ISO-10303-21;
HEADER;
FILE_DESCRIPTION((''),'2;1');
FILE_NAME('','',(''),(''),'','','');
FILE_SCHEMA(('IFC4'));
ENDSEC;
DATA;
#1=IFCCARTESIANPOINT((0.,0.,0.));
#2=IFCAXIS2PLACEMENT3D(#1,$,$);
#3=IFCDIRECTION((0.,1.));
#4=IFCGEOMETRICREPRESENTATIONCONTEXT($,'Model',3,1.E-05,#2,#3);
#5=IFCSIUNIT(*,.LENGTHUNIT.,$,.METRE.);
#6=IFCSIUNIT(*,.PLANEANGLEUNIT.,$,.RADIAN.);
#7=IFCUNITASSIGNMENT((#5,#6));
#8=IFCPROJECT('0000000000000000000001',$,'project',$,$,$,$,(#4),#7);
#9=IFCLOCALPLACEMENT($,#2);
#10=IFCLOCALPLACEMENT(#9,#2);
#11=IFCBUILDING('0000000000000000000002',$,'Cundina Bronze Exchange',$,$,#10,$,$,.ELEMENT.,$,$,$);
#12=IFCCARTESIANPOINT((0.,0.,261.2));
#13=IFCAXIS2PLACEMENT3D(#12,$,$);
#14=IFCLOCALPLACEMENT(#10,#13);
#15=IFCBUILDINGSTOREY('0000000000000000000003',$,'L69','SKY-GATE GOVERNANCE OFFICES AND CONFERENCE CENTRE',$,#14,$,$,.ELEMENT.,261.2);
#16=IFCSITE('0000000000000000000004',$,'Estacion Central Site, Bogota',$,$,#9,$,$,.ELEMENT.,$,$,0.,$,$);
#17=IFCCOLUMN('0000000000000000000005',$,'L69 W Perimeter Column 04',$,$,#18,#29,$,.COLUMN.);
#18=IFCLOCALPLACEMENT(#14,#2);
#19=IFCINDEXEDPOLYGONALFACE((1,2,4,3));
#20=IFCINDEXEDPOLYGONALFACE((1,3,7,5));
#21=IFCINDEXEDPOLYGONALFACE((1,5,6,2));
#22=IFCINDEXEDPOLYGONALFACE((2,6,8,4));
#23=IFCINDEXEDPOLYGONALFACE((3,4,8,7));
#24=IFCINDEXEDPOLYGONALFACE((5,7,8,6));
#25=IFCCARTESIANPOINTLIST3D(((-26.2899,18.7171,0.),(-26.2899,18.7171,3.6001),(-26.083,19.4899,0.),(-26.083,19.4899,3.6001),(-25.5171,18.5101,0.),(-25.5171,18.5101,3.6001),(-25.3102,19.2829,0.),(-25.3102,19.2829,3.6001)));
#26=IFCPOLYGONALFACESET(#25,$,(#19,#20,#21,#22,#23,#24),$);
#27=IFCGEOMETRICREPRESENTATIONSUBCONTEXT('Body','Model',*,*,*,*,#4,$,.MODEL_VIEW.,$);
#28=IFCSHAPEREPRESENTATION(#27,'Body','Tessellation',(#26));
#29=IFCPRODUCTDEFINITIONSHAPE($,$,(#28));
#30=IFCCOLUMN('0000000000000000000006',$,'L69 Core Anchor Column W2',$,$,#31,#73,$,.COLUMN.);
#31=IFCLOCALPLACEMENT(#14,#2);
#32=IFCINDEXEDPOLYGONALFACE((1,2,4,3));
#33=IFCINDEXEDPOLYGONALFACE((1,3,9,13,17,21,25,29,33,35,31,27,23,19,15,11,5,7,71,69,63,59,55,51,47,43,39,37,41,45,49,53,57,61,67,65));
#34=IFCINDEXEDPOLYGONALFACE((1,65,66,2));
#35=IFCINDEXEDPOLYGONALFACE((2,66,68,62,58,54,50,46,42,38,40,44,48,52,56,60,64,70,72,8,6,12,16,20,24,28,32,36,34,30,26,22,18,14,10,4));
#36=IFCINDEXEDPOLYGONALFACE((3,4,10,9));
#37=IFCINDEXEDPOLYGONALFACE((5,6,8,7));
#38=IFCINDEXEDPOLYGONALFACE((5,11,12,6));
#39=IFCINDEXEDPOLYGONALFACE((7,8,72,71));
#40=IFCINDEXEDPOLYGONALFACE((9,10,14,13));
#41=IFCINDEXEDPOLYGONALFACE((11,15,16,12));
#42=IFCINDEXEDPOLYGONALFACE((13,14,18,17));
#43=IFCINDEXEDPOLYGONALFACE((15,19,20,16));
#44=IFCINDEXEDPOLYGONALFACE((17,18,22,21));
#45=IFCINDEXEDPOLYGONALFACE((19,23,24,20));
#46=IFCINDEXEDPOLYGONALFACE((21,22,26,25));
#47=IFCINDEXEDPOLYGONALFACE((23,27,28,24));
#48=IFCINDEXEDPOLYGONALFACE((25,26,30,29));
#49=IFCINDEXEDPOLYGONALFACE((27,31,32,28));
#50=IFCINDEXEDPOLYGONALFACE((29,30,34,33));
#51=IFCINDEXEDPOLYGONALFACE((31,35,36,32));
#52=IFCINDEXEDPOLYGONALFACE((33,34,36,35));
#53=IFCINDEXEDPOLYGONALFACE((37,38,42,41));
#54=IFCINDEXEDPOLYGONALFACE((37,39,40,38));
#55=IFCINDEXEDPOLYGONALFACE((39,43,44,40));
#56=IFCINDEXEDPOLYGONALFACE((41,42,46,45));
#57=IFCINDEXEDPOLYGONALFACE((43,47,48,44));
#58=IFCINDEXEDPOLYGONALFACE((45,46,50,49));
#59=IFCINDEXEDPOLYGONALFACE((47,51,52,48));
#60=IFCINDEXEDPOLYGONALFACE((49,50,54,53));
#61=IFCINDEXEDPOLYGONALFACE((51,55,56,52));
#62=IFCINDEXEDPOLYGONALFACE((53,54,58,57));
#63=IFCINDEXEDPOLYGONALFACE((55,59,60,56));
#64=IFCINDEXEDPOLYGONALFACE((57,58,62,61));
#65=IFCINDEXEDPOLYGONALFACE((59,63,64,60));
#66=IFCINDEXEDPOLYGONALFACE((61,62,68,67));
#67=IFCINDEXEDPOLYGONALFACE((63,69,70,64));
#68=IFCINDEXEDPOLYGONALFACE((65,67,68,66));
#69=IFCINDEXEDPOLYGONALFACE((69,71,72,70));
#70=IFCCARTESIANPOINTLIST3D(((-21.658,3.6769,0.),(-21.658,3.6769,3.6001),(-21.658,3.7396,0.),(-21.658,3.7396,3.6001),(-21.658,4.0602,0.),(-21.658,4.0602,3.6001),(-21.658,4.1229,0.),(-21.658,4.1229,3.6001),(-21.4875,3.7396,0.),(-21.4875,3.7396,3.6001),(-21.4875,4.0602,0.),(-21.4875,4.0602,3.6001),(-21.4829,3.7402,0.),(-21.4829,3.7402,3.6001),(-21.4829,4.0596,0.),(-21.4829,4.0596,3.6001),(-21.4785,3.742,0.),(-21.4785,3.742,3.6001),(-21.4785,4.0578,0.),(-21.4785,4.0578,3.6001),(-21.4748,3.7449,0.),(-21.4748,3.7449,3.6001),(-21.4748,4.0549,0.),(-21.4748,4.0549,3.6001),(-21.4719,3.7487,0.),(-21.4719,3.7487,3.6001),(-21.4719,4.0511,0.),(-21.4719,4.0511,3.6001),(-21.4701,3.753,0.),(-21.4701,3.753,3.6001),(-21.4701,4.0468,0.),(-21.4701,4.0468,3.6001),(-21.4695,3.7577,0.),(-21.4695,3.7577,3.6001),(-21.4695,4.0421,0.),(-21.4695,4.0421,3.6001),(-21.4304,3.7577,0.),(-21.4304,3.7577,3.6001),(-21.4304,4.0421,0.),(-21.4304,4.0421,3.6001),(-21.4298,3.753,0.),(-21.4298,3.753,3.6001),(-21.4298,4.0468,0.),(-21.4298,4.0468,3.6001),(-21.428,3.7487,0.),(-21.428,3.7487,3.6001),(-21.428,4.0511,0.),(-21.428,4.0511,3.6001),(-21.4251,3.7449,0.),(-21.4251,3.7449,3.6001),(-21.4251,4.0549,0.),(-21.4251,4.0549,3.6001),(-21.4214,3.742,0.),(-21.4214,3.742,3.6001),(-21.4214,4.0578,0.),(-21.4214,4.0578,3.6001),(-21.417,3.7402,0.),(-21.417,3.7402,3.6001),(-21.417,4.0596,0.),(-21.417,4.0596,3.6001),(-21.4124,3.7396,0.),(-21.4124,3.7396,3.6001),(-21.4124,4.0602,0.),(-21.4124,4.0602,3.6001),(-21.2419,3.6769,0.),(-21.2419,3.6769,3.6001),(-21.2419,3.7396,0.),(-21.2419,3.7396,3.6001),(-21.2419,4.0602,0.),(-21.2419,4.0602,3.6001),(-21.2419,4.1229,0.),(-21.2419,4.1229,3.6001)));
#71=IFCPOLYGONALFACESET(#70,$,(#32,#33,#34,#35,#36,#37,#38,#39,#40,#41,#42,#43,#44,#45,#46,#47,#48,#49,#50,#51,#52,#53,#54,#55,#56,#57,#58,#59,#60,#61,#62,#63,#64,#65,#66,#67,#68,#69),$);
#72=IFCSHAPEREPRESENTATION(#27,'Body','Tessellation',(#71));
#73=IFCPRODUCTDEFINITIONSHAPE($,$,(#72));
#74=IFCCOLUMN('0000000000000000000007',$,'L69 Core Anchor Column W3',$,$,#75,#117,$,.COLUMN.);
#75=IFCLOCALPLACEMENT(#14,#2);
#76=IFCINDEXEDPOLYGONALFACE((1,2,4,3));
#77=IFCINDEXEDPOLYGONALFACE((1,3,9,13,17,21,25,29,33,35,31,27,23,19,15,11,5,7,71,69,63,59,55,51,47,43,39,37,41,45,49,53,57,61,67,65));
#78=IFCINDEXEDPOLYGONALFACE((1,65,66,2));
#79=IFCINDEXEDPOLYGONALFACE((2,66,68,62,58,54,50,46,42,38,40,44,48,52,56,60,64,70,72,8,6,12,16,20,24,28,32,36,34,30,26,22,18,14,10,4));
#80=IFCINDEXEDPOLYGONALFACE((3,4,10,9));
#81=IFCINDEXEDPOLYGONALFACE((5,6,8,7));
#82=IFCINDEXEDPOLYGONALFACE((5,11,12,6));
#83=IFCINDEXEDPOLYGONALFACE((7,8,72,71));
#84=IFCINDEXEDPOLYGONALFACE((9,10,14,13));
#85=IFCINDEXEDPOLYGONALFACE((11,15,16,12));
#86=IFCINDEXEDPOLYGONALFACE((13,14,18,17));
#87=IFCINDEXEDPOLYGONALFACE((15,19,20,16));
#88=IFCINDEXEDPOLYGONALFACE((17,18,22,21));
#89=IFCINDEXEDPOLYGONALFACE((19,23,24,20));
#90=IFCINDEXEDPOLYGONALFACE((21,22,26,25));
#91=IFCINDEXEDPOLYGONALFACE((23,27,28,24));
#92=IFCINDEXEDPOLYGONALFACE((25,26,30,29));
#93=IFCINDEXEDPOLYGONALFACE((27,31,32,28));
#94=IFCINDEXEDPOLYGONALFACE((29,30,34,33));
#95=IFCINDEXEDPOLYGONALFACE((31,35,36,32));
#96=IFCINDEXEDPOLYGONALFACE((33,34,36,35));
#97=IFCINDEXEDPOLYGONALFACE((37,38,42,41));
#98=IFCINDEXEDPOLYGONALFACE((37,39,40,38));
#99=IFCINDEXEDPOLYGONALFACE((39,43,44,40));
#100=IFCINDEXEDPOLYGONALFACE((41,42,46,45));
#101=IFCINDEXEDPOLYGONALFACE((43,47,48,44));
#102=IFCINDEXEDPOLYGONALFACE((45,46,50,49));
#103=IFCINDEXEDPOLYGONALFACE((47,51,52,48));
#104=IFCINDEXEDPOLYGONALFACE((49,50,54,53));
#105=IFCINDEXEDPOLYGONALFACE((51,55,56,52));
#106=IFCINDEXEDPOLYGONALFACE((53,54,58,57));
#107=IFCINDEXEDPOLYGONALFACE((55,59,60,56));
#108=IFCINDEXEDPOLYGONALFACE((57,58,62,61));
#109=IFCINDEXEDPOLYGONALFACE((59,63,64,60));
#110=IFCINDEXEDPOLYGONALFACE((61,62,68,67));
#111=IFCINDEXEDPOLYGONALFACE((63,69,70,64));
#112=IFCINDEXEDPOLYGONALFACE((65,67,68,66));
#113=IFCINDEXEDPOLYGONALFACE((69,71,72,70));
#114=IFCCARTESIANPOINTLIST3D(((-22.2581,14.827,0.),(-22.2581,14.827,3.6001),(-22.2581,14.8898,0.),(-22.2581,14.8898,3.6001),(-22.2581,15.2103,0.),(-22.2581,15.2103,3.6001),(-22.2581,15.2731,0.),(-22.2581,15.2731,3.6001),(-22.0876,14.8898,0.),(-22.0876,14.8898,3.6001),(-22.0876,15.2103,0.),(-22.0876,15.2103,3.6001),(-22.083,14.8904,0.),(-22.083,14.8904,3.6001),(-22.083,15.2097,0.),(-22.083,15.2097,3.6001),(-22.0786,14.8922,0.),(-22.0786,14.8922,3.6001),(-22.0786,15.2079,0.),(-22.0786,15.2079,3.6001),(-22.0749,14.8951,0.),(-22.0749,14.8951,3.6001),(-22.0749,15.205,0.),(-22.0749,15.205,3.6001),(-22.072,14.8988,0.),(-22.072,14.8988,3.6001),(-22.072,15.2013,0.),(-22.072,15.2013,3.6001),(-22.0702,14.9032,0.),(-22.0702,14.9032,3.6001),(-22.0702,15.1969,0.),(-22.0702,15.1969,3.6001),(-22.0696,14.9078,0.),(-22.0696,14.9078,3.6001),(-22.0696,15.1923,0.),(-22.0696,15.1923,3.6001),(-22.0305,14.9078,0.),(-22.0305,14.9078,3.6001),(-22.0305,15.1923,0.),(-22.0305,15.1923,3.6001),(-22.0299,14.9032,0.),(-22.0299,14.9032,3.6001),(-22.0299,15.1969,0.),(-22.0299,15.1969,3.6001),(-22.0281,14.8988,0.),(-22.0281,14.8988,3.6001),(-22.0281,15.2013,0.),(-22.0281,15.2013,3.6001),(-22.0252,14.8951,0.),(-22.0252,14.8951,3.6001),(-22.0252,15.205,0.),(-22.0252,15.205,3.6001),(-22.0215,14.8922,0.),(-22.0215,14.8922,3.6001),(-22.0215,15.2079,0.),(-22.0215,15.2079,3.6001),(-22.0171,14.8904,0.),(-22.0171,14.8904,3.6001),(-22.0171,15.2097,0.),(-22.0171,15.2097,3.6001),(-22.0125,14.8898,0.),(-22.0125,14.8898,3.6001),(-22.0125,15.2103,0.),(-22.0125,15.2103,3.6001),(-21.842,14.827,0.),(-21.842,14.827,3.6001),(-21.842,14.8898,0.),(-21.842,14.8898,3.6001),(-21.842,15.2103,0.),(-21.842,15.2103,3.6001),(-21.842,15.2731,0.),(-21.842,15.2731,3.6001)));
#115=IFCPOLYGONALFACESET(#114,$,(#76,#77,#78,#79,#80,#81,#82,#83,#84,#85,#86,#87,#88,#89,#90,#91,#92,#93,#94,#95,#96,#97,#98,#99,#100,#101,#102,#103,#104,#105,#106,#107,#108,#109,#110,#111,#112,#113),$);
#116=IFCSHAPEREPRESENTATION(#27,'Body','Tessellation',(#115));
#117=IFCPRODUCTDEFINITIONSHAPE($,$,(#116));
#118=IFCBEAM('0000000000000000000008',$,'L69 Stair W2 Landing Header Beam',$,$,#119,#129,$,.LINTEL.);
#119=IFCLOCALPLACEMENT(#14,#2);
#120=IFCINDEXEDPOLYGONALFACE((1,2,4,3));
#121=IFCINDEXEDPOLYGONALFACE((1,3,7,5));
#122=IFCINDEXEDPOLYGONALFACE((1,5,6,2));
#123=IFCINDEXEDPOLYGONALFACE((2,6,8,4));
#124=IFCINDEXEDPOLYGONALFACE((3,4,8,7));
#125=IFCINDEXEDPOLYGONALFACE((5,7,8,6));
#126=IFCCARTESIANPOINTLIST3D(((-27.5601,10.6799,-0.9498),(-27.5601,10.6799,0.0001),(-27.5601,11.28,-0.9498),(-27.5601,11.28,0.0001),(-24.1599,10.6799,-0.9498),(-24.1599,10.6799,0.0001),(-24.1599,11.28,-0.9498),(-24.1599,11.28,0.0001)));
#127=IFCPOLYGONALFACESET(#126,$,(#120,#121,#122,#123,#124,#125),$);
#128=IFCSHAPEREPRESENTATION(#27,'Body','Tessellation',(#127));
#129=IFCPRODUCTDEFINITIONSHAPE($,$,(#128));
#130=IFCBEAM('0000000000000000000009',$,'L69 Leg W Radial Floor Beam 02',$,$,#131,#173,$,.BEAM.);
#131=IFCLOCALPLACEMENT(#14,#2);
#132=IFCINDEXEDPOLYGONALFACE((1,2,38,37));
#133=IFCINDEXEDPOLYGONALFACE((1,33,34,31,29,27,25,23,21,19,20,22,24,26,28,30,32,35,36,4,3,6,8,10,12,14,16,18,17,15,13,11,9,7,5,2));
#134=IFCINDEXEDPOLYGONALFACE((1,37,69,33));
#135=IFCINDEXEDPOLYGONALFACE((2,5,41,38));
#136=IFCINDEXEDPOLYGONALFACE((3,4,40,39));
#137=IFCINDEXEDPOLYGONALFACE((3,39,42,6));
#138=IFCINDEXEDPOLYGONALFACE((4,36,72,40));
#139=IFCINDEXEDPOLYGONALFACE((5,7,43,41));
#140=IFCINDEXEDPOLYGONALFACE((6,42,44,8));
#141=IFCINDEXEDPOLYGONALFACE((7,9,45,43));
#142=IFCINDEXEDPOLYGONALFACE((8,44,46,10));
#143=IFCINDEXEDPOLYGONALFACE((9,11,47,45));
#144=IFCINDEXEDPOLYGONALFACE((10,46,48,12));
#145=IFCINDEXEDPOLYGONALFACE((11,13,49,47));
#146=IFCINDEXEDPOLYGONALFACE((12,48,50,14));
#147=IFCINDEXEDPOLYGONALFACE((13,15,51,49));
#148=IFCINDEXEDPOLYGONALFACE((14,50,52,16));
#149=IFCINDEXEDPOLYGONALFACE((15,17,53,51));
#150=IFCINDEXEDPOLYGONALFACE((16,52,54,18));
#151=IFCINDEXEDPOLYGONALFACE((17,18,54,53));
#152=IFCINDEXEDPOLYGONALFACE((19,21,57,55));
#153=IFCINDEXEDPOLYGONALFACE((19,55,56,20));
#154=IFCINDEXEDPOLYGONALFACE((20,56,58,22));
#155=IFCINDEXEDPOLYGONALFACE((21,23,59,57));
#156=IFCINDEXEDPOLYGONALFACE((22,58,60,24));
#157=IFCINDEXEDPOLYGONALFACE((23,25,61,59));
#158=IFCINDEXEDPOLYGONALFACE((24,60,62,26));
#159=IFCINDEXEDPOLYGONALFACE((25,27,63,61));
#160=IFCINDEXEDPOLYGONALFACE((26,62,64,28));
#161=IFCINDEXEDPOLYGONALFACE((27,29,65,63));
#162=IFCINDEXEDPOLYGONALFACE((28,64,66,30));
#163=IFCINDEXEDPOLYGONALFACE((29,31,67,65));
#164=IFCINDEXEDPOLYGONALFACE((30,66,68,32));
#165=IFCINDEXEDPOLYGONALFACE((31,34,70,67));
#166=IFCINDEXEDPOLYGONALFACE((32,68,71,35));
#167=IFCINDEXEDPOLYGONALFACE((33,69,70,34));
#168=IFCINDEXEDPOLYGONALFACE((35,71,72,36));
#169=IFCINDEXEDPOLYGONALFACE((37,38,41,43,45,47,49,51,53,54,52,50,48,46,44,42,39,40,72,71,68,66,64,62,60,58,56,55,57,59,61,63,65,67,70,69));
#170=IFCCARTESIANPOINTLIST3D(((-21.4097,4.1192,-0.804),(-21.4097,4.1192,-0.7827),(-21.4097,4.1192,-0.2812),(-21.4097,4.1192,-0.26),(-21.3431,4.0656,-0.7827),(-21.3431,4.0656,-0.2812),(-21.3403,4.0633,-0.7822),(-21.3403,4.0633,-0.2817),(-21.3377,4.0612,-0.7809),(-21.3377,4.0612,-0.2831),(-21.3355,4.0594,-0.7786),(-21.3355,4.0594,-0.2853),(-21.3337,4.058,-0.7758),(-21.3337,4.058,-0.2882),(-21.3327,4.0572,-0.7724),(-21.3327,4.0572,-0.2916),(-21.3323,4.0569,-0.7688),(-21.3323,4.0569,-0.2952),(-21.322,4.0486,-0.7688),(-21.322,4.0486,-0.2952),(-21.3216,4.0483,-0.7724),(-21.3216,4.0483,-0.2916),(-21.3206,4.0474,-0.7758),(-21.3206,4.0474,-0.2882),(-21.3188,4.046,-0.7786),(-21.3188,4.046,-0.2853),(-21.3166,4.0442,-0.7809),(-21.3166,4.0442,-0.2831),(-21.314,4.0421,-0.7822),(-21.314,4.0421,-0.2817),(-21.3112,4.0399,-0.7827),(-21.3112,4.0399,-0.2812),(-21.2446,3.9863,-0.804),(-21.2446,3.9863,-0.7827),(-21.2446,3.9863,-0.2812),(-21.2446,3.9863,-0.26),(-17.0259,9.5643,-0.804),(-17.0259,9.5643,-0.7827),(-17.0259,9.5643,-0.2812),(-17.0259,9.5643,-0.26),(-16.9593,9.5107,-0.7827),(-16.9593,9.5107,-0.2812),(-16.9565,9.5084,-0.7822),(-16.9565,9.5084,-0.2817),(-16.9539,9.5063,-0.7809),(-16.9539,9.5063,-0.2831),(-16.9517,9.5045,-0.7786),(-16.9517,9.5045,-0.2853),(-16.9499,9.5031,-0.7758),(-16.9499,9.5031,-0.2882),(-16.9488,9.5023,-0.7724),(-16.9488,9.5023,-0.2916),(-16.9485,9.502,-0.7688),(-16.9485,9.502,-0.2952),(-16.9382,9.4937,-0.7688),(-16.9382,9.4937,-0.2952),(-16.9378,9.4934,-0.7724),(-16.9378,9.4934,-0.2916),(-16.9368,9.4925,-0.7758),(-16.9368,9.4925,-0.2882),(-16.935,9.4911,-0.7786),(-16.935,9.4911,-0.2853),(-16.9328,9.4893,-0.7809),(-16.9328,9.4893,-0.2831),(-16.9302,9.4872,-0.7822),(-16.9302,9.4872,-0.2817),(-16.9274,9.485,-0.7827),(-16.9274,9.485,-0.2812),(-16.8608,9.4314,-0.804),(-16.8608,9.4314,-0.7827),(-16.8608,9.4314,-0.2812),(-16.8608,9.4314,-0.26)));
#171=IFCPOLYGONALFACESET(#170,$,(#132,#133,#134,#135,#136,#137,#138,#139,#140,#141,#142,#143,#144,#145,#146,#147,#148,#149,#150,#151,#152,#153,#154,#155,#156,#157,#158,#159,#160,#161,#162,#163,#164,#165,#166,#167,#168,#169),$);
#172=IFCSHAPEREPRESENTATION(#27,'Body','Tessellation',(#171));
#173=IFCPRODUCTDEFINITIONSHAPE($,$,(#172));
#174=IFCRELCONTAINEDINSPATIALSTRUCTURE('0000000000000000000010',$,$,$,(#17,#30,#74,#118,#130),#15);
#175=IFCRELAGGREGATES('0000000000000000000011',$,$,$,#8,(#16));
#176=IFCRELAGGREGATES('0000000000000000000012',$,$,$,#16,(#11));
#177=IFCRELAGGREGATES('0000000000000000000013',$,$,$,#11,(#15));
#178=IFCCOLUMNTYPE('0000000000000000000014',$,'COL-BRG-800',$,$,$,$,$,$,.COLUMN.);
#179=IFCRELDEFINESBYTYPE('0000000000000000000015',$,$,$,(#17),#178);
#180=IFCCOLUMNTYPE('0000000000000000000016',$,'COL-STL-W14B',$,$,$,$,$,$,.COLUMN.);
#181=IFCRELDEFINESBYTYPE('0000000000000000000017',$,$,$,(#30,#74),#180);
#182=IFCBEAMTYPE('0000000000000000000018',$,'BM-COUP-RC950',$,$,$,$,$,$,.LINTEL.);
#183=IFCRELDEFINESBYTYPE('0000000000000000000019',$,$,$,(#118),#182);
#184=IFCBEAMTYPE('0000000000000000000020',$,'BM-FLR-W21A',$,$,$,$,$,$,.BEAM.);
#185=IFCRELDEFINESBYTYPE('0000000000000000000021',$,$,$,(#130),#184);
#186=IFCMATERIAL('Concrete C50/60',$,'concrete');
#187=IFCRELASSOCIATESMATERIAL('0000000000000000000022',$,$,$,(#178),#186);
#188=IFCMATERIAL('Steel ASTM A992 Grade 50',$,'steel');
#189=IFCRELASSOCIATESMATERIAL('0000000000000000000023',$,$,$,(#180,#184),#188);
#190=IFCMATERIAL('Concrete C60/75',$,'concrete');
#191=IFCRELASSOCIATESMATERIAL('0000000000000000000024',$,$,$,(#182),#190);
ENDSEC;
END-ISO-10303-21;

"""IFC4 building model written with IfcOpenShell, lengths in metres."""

from ifc_helpers import new_model, si_unit, direction, frame, origin, origin_2d, place, context, subcontext, project, spatial, rectangle, i_section, extrude, material, material_profile, profile_set, type_object, element, save


model = new_model("IFC4")

# Units and contexts
model_context = context("Model", 3, precision=1e-05, world=origin(), true_north=direction((0.0, 1.0)))
body_context = subcontext(model_context, "Body", "Model", "MODEL_VIEW")
ifc_project = project(units=[si_unit("LENGTHUNIT", "METRE"), si_unit("PLANEANGLEUNIT", "RADIAN")], contexts=[model_context])

# Site, building, storey
site_placement = place(None, origin())
site = spatial("IfcSite", under=ifc_project, at=site_placement, Name="Estacion Central Site, Bogota", CompositionType="ELEMENT", RefElevation=0.0)
building_placement = place(site_placement, origin())
building = spatial("IfcBuilding", under=site, at=building_placement, Name="Cundina Bronze Exchange", CompositionType="ELEMENT")
storey_placement = place(building_placement, frame((0.0, 0.0, 261.2)))
storey = spatial("IfcBuildingStorey", under=building, at=storey_placement, Name="L69", Description="SKY-GATE GOVERNANCE OFFICES AND CONFERENCE CENTRE", CompositionType="ELEMENT", Elevation=261.2)

# Columns
ifc_material_1 = material(Name="Concrete C50/60", Category="concrete")
ifc_material_profile_1 = material_profile(ifc_material_1, rectangle(XDim=0.8, YDim=0.8, at=origin_2d()), Name="RC800X800", Category="concrete")
ifc_profile_set_1 = profile_set([ifc_material_profile_1], Name="Concrete C50/60")
column_type_1 = type_object("IfcColumnType", Name="COL-BRG-800", PredefinedType="COLUMN", material=ifc_profile_set_1)
column_placement = place(storey_placement, frame((-25.8, 19.0, 0.0), z_axis=(0.0, 0.0, 1.0), x_axis=(-0.965971, 0.25865, 0.0)))
element("IfcColumn", 1, at=column_placement, inside=storey, type_object=column_type_1, Name="L69 W Perimeter Column 04", PredefinedType="COLUMN", context=body_context, shape_type="SweptSolid", body=[
    extrude(rectangle(XDim=0.8, YDim=0.8, at=origin_2d()), origin(), (0.0, 0.0, 1.0), 3.6001),
])
ifc_material_2 = material(Name="Steel ASTM A992 Grade 50", Category="steel")
ifc_material_profile_2 = material_profile(ifc_material_2, i_section(OverallWidth=0.416, OverallDepth=0.446, WebThickness=0.0391, FlangeThickness=0.0627, FilletRadius=0.0181, at=origin_2d()), Name="W14X342", Category="steel")
ifc_profile_set_2 = profile_set([ifc_material_profile_2], Name="Steel ASTM A992 Grade 50")
column_type_2 = type_object("IfcColumnType", Name="COL-STL-W14B", PredefinedType="COLUMN", material=ifc_profile_set_2)
for number, where, z_axis, x_axis, name in (
    (2, (-21.45, 3.8999, 0.0), (0.0, 0.0, 1.0), (1.0, 0.0, 0.0), "L69 Core Anchor Column W2"),
    (3, (-22.05, 15.05, 0.0), (0.0, 0.0, 1.0), (1.0, 0.0, 0.0), "L69 Core Anchor Column W3"),
):
    element("IfcColumn", number, at=place(storey_placement, frame(where, z_axis=z_axis, x_axis=x_axis)), inside=storey, type_object=column_type_2, Name=name, PredefinedType="COLUMN", context=body_context, shape_type="SweptSolid", body=[
        extrude(i_section(OverallWidth=0.416, OverallDepth=0.446, WebThickness=0.0391, FlangeThickness=0.0627, FilletRadius=0.0181, at=origin_2d()), origin(), (0.0, 0.0, 1.0), 3.6001),
    ])

# Beams
ifc_material_3 = material(Name="Concrete C60/75", Category="concrete")
ifc_material_profile_3 = material_profile(ifc_material_3, rectangle(XDim=0.6001, YDim=0.95, at=origin_2d()), Name="RC600X950", Category="concrete")
ifc_profile_set_3 = profile_set([ifc_material_profile_3], Name="Concrete C60/75")
beam_type_1 = type_object("IfcBeamType", Name="BM-COUP-RC950", PredefinedType="LINTEL", material=ifc_profile_set_3)
beam_1_placement = place(storey_placement, frame((-27.5601, 10.98, -0.4749), z_axis=(1.0, 0.0, 0.0), x_axis=(0.0, 1.0, 0.0)))
element("IfcBeam", 4, at=beam_1_placement, inside=storey, type_object=beam_type_1, Name="L69 Stair W2 Landing Header Beam", PredefinedType="LINTEL", context=body_context, shape_type="SweptSolid", body=[
    extrude(rectangle(XDim=0.6001, YDim=0.95, at=origin_2d()), origin(), (0.0, 0.0, 1.0), 3.4001),
])
ifc_material_profile_4 = material_profile(ifc_material_2, i_section(OverallWidth=0.2119, OverallDepth=0.5439, WebThickness=0.0132, FlangeThickness=0.0212, FilletRadius=0.0139, at=origin_2d()), Name="W21X83", Category="steel")
ifc_profile_set_4 = profile_set([ifc_material_profile_4], Name="Steel ASTM A992 Grade 50")
beam_type_2 = type_object("IfcBeamType", Name="BM-FLR-W21A", PredefinedType="BEAM", material=ifc_profile_set_4)
beam_2_placement = place(storey_placement, frame((-21.3271, 4.0527, -0.532), z_axis=(0.627111, 0.77893, 0.0), x_axis=(-0.77893, 0.627111, 0.0)))
element("IfcBeam", 5, at=beam_2_placement, inside=storey, type_object=beam_type_2, Name="L69 Leg W Radial Floor Beam 02", PredefinedType="BEAM", context=body_context, shape_type="SweptSolid", body=[
    extrude(i_section(OverallWidth=0.2119, OverallDepth=0.5439, WebThickness=0.0132, FlangeThickness=0.0212, FilletRadius=0.0139, at=origin_2d()), origin(), (0.0, 0.0, 1.0), 6.9905),
])

save(model, "model.ifc")
